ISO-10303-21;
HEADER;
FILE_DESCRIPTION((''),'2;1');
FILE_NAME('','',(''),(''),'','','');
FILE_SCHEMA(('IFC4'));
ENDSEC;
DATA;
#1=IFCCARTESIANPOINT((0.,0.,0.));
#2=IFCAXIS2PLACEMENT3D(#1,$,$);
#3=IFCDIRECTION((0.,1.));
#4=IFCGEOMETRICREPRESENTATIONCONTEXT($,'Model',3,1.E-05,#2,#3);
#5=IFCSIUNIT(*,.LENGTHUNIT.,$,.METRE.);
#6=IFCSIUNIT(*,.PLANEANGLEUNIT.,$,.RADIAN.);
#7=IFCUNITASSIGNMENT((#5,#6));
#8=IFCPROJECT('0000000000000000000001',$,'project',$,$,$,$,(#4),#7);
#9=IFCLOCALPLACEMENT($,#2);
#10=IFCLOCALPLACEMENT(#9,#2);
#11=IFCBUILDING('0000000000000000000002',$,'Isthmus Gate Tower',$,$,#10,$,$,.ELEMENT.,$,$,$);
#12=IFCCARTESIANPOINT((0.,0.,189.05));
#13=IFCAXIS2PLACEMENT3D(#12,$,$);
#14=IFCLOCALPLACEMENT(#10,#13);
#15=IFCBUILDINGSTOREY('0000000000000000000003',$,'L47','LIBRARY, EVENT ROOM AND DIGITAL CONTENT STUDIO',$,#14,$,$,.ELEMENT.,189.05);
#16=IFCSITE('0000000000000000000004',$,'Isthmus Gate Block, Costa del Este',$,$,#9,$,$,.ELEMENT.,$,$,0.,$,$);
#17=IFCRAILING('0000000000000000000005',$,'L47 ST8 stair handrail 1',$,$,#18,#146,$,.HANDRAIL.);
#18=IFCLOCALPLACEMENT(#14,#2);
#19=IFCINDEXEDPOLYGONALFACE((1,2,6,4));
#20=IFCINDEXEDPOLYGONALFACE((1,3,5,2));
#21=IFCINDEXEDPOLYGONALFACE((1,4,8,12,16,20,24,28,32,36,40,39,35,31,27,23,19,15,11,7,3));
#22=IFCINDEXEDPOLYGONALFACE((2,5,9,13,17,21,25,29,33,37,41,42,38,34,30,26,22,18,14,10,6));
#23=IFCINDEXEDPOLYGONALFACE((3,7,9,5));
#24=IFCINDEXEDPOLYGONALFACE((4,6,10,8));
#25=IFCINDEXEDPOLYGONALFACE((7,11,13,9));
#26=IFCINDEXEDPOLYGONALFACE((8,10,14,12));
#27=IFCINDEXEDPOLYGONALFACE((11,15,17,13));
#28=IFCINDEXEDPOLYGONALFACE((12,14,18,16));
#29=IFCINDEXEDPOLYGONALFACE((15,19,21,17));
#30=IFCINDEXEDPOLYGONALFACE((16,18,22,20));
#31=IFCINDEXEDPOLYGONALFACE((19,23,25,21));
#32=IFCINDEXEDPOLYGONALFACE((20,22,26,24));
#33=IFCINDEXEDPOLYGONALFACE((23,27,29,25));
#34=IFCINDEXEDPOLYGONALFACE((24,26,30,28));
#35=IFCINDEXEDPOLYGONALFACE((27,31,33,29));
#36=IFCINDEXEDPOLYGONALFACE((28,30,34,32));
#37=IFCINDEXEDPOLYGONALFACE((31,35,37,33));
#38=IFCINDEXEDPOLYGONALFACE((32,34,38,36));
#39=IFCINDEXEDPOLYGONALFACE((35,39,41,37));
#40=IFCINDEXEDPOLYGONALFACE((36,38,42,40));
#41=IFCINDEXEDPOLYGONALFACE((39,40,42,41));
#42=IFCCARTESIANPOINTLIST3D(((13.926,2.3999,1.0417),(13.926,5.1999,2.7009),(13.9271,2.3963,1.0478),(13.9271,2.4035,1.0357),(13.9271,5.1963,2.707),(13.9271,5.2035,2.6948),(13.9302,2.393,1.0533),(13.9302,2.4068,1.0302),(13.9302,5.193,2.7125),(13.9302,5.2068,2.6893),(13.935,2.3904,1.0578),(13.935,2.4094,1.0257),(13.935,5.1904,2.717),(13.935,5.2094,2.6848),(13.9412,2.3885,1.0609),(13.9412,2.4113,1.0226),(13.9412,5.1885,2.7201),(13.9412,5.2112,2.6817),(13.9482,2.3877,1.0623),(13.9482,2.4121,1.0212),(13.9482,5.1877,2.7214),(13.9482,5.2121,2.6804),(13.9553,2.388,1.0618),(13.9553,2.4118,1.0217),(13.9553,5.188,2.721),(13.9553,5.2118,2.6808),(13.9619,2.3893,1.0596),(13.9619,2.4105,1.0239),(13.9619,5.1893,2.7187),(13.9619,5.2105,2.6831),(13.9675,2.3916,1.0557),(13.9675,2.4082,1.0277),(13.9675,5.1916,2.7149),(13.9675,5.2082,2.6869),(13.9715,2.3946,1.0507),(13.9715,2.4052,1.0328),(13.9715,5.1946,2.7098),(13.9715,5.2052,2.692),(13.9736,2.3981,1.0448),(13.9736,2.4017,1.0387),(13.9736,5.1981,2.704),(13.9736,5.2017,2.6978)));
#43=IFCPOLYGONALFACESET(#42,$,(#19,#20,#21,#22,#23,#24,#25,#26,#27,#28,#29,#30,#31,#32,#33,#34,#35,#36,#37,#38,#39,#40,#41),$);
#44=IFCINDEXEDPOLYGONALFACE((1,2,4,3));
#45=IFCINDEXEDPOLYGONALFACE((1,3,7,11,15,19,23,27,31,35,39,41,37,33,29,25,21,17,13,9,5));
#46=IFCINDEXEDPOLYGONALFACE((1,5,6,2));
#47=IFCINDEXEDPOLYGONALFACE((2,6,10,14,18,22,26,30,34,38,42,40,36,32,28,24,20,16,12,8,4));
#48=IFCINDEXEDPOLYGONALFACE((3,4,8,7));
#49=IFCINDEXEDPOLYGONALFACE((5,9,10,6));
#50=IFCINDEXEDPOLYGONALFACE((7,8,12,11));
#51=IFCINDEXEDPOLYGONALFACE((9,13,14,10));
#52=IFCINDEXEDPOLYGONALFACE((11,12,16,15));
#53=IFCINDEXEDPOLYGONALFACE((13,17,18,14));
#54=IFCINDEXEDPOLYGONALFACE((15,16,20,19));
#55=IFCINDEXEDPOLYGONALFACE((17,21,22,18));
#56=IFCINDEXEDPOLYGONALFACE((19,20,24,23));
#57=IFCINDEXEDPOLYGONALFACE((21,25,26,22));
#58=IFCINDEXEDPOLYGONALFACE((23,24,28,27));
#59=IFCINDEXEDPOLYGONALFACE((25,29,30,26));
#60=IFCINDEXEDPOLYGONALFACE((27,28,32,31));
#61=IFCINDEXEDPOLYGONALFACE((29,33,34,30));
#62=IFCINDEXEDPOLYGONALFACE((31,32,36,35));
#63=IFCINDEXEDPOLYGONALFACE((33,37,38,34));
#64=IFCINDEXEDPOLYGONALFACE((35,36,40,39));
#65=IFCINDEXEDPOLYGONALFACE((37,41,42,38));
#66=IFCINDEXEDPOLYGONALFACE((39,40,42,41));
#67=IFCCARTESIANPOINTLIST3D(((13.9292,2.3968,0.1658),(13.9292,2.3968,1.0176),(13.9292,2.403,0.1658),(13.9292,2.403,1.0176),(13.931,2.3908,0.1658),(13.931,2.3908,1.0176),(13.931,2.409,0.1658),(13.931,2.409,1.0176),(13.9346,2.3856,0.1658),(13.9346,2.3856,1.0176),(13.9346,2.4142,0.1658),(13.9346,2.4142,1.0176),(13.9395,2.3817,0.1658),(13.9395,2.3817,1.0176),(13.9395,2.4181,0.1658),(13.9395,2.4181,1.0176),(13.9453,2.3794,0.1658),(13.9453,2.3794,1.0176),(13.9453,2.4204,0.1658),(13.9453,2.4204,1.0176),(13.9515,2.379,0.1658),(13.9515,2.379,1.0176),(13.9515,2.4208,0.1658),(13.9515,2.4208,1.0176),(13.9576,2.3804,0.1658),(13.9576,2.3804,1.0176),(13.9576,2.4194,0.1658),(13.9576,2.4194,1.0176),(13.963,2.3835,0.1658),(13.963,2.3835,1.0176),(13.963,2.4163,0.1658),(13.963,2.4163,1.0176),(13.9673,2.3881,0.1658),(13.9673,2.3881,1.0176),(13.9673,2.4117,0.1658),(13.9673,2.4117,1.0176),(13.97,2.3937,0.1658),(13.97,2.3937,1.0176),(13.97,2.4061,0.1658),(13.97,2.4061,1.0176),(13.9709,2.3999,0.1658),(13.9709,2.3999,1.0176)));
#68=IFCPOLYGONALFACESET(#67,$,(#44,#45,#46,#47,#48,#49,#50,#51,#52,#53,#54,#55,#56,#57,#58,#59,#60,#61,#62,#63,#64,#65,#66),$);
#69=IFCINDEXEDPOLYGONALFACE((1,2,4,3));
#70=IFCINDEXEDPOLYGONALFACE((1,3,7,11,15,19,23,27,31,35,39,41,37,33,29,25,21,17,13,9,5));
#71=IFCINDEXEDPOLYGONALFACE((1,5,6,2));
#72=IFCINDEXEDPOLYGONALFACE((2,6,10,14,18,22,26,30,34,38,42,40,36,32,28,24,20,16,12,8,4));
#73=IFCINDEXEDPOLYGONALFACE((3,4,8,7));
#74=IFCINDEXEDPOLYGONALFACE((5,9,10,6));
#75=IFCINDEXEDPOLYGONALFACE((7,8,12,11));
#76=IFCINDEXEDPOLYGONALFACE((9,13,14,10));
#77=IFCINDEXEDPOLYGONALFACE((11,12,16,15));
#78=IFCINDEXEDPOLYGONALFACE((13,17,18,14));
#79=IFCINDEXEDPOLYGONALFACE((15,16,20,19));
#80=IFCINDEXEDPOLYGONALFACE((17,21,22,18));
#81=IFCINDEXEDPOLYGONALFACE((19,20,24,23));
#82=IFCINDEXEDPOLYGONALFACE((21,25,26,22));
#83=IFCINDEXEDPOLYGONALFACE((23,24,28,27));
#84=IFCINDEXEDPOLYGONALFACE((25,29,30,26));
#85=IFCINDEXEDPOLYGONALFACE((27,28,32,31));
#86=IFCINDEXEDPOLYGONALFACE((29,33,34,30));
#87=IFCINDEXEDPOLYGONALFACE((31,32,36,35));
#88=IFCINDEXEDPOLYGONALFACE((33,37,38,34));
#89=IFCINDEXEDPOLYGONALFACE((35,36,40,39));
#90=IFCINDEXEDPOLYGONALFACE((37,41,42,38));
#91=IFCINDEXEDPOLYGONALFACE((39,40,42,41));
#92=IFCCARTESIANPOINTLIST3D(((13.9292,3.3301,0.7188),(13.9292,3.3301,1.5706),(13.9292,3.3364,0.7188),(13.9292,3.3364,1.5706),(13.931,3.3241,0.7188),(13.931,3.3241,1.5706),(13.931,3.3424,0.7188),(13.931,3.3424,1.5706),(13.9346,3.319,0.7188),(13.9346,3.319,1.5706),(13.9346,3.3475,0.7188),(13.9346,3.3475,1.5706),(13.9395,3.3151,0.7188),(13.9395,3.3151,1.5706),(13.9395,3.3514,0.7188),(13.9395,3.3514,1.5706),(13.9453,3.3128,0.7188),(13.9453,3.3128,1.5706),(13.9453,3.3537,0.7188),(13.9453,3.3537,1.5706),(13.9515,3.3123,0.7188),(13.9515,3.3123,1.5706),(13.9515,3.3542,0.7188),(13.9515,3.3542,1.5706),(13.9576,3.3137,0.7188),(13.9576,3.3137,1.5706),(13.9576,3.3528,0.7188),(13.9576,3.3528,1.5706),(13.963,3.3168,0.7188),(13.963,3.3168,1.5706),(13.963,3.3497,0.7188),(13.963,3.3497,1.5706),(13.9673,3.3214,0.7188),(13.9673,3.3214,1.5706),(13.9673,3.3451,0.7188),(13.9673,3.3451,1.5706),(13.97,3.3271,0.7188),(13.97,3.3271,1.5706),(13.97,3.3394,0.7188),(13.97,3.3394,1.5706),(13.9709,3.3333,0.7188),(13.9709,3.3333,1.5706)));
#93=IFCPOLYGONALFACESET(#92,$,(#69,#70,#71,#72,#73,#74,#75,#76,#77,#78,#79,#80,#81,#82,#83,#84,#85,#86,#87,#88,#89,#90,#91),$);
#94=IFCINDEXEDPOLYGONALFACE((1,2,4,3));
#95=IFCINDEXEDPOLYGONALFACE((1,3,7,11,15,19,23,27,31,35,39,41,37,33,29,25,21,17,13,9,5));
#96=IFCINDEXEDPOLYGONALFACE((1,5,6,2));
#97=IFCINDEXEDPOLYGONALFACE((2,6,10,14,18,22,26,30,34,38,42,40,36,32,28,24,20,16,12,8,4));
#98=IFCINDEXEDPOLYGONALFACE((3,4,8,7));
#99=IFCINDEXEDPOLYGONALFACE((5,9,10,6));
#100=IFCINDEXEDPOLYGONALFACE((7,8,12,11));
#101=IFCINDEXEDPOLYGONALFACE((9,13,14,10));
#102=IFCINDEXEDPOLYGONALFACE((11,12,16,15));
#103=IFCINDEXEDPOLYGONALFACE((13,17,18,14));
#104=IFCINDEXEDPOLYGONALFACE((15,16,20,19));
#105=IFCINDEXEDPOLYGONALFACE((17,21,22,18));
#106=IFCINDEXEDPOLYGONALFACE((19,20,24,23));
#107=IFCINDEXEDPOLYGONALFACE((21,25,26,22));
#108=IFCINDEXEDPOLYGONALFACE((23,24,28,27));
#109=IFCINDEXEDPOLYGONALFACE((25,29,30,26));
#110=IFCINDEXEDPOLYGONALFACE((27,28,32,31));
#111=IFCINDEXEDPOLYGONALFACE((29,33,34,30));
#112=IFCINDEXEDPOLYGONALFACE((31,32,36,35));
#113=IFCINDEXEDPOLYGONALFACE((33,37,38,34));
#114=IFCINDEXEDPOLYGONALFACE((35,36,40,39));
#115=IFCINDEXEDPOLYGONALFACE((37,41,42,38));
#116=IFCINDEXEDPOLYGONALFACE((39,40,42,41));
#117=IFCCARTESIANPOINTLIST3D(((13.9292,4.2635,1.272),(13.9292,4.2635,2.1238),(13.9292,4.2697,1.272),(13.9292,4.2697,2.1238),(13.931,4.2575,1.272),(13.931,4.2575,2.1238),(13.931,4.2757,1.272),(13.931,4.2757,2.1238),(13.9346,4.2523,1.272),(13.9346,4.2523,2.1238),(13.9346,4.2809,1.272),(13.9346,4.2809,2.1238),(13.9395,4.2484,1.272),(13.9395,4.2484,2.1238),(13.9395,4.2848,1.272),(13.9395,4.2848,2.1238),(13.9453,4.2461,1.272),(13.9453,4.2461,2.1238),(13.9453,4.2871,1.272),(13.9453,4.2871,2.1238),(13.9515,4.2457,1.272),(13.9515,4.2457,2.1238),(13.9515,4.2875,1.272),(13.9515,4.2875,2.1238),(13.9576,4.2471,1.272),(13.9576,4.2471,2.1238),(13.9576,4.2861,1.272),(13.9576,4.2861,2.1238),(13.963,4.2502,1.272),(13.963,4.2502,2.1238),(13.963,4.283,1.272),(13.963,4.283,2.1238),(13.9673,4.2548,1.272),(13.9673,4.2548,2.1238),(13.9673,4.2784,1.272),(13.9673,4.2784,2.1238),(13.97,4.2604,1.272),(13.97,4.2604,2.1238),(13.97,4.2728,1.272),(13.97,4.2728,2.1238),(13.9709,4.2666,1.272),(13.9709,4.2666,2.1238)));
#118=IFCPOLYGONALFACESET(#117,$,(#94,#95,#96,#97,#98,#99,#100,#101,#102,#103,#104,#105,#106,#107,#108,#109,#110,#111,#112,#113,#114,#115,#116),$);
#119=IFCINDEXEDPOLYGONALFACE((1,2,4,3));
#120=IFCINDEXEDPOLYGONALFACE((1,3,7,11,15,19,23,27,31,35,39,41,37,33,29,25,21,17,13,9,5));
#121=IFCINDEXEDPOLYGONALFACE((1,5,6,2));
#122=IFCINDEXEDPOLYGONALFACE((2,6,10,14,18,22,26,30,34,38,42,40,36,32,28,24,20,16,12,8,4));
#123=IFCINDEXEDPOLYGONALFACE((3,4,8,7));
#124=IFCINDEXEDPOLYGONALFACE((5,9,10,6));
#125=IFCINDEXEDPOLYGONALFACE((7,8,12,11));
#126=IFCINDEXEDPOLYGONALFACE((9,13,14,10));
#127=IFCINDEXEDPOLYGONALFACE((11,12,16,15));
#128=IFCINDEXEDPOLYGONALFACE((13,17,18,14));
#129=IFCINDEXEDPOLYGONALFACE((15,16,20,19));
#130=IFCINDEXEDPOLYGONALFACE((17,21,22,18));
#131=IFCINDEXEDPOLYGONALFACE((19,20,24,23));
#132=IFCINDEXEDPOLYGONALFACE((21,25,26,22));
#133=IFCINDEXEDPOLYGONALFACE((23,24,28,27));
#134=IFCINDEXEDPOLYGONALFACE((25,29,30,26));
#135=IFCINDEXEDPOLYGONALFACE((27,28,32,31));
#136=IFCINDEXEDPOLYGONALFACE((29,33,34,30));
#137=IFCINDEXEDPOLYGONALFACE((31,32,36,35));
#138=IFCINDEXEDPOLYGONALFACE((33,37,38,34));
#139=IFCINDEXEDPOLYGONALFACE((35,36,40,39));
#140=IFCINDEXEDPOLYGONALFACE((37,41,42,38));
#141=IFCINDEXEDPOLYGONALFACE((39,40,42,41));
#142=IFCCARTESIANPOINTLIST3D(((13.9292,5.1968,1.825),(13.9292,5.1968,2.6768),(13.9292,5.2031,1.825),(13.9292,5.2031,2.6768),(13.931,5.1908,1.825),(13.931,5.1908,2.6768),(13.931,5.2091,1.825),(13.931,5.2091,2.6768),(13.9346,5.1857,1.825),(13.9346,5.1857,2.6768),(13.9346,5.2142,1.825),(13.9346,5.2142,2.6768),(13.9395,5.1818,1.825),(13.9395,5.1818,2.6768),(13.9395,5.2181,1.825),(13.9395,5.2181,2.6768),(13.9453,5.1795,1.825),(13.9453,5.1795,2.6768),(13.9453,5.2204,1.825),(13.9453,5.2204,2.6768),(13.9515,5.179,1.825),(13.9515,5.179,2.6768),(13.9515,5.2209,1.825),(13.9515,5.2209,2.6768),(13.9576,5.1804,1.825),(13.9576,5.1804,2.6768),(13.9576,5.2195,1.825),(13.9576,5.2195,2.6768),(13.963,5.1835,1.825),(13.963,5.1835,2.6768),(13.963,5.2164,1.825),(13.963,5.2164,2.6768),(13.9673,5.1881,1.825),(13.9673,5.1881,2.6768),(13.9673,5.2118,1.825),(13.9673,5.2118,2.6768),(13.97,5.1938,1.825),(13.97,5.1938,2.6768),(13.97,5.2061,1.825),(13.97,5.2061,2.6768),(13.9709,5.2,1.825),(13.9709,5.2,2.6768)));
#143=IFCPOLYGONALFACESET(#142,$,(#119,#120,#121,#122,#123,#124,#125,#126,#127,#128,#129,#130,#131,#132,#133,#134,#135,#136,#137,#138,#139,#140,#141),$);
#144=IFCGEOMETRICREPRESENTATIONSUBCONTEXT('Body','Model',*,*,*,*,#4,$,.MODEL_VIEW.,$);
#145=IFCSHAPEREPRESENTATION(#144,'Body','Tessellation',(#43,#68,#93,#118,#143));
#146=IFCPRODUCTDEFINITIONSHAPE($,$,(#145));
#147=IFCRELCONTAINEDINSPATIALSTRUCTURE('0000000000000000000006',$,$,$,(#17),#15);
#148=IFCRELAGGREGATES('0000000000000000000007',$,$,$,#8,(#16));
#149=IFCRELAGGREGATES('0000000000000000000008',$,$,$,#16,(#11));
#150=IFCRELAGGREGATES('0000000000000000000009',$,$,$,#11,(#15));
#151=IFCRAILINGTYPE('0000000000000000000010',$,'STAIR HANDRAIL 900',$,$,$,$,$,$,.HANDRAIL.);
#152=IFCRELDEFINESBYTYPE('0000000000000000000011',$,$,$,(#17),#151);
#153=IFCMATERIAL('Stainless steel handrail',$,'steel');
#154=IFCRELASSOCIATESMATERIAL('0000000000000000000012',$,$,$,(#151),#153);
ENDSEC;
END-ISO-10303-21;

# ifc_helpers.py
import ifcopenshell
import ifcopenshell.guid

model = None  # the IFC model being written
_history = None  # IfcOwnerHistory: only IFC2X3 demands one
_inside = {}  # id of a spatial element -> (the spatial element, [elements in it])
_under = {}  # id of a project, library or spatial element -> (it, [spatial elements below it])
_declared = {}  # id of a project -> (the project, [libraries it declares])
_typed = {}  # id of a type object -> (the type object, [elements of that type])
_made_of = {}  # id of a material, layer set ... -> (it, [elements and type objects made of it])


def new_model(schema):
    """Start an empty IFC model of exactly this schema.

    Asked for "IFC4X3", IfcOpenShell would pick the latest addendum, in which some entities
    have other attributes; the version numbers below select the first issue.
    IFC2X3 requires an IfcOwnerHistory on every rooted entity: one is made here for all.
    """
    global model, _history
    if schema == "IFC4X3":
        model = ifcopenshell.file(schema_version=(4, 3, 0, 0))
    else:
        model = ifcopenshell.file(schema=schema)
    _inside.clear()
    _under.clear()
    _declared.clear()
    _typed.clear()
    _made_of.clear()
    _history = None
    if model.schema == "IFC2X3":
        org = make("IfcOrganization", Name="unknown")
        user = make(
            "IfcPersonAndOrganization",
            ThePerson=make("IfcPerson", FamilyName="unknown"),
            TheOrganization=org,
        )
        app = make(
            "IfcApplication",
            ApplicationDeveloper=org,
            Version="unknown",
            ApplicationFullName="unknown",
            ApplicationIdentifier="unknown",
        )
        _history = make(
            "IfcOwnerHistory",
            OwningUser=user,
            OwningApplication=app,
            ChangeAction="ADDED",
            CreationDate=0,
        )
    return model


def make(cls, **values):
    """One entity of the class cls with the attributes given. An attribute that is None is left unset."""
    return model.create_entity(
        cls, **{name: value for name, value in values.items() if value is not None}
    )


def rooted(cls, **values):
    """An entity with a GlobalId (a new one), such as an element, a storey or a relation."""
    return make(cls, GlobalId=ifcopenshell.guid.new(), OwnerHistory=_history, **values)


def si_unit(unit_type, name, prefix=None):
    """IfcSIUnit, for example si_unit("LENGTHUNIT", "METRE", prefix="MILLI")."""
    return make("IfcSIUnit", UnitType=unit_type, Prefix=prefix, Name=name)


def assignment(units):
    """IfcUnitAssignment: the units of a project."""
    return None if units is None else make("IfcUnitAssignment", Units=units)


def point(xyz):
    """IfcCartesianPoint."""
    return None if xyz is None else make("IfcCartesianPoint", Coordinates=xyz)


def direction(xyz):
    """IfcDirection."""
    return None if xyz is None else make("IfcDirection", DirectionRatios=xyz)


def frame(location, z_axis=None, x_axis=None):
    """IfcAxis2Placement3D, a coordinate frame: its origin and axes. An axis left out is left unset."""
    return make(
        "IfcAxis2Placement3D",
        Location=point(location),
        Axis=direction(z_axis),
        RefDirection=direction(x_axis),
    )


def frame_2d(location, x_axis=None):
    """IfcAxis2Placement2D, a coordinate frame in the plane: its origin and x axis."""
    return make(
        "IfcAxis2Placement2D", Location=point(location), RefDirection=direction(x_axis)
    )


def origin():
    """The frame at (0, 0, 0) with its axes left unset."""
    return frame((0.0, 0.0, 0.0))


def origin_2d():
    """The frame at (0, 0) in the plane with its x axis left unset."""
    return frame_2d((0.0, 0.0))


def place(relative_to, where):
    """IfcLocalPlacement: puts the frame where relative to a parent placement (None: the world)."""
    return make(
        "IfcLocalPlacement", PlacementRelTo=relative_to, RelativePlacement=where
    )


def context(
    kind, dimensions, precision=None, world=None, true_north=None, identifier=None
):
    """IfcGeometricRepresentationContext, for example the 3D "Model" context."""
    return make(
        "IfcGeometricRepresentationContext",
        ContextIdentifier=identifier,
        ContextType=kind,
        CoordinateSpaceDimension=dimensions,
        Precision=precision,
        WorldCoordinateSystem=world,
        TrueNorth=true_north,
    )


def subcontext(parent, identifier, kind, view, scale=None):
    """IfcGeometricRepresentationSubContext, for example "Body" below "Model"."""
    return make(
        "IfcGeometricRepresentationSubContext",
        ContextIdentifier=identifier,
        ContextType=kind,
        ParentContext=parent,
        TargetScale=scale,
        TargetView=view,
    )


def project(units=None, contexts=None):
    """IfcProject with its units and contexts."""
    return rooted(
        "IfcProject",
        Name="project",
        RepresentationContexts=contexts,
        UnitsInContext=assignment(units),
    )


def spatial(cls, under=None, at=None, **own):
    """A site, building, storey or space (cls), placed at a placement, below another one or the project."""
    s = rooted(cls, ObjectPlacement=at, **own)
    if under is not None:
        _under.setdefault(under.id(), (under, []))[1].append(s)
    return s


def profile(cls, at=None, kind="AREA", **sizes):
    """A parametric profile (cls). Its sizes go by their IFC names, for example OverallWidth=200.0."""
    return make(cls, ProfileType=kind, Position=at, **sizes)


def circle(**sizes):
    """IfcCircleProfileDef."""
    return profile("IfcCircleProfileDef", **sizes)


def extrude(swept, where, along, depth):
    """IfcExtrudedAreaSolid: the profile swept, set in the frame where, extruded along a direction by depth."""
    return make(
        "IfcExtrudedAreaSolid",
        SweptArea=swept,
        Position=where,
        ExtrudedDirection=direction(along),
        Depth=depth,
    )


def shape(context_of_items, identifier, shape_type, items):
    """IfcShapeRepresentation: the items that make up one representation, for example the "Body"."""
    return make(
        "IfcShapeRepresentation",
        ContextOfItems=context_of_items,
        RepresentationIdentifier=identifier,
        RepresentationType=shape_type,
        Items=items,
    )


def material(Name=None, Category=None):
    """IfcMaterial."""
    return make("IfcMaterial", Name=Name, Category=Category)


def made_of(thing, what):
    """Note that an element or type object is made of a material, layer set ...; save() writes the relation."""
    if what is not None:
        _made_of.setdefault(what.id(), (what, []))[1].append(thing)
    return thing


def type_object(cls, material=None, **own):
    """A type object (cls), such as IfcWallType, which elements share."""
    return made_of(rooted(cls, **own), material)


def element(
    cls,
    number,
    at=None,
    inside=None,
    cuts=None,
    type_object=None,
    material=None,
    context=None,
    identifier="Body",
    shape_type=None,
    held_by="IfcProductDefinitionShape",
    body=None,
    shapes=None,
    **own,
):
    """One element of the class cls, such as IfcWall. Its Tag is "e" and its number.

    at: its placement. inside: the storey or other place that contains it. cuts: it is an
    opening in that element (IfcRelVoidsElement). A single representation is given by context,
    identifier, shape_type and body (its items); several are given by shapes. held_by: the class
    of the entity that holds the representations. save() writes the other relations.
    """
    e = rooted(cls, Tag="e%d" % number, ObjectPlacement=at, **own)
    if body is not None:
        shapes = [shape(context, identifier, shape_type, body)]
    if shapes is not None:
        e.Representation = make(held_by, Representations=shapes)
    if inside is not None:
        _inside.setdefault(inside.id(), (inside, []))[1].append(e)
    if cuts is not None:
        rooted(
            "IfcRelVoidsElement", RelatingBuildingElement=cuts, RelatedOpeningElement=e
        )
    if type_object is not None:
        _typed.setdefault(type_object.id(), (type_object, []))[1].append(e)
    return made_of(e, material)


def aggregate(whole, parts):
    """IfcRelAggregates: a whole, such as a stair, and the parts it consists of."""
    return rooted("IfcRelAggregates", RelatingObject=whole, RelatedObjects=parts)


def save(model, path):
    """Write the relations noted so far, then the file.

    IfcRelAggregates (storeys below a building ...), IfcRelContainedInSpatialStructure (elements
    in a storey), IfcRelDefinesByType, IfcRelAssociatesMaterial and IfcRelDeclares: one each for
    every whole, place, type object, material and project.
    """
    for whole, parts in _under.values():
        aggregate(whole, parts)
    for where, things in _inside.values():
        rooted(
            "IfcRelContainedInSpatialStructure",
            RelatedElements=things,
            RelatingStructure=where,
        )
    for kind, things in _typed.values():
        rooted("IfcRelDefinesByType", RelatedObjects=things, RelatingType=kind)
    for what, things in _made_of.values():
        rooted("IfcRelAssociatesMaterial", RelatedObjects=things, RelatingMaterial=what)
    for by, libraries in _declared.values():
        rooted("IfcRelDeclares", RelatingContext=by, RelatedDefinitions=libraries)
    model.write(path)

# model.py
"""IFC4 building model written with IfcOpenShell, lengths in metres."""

from ifc_helpers import new_model, si_unit, direction, frame, origin, origin_2d, place, context, subcontext, project, spatial, circle, extrude, material, type_object, element, save


model = new_model("IFC4")

# Units and contexts
model_context = context("Model", 3, precision=1e-05, world=origin(), true_north=direction((0.0, 1.0)))
body_context = subcontext(model_context, "Body", "Model", "MODEL_VIEW")
ifc_project = project(units=[si_unit("LENGTHUNIT", "METRE"), si_unit("PLANEANGLEUNIT", "RADIAN")], contexts=[model_context])

# Site, building, storey
site_placement = place(None, origin())
site = spatial("IfcSite", under=ifc_project, at=site_placement, Name="Isthmus Gate Block, Costa del Este", CompositionType="ELEMENT", RefElevation=0.0)
building_placement = place(site_placement, origin())
building = spatial("IfcBuilding", under=site, at=building_placement, Name="Isthmus Gate Tower", CompositionType="ELEMENT")
storey_placement = place(building_placement, frame((0.0, 0.0, 189.05)))
storey = spatial("IfcBuildingStorey", under=building, at=storey_placement, Name="L47", Description="LIBRARY, EVENT ROOM AND DIGITAL CONTENT STUDIO", CompositionType="ELEMENT", Elevation=189.05)

# Railing
ifc_material_1 = material(Name="Stainless steel handrail", Category="steel")
railing_type_1 = type_object("IfcRailingType", Name="STAIR HANDRAIL 900", PredefinedType="HANDRAIL", material=ifc_material_1)
railing_1_placement = place(storey_placement, frame((13.95, 2.3999, 0.1658)))
element("IfcRailing", 1, at=railing_1_placement, inside=storey, type_object=railing_type_1, Name="L47 ST8 stair handrail 1", PredefinedType="HANDRAIL", context=body_context, shape_type="SweptSolid", body=[
    extrude(circle(Radius=0.0239, at=origin_2d()), frame((0.0, 0.0, 0.876), z_axis=(0.0, 0.860306, 0.509778), x_axis=(-1.0, 0.0, 0.0)), (0.0, 0.0, 1.0), 3.2546),
    extrude(circle(Radius=0.021, at=origin_2d()), origin(), (0.0, 0.0, 1.0), 0.8518),
    extrude(circle(Radius=0.021, at=origin_2d()), frame((0.0, 0.9333, 0.553)), (0.0, 0.0, 1.0), 0.8518),
    extrude(circle(Radius=0.021, at=origin_2d()), frame((0.0, 1.8667, 1.1062)), (0.0, 0.0, 1.0), 0.8518),
    extrude(circle(Radius=0.021, at=origin_2d()), frame((0.0, 2.8, 1.6592)), (0.0, 0.0, 1.0), 0.8518),
])

save(model, "model.ifc")
